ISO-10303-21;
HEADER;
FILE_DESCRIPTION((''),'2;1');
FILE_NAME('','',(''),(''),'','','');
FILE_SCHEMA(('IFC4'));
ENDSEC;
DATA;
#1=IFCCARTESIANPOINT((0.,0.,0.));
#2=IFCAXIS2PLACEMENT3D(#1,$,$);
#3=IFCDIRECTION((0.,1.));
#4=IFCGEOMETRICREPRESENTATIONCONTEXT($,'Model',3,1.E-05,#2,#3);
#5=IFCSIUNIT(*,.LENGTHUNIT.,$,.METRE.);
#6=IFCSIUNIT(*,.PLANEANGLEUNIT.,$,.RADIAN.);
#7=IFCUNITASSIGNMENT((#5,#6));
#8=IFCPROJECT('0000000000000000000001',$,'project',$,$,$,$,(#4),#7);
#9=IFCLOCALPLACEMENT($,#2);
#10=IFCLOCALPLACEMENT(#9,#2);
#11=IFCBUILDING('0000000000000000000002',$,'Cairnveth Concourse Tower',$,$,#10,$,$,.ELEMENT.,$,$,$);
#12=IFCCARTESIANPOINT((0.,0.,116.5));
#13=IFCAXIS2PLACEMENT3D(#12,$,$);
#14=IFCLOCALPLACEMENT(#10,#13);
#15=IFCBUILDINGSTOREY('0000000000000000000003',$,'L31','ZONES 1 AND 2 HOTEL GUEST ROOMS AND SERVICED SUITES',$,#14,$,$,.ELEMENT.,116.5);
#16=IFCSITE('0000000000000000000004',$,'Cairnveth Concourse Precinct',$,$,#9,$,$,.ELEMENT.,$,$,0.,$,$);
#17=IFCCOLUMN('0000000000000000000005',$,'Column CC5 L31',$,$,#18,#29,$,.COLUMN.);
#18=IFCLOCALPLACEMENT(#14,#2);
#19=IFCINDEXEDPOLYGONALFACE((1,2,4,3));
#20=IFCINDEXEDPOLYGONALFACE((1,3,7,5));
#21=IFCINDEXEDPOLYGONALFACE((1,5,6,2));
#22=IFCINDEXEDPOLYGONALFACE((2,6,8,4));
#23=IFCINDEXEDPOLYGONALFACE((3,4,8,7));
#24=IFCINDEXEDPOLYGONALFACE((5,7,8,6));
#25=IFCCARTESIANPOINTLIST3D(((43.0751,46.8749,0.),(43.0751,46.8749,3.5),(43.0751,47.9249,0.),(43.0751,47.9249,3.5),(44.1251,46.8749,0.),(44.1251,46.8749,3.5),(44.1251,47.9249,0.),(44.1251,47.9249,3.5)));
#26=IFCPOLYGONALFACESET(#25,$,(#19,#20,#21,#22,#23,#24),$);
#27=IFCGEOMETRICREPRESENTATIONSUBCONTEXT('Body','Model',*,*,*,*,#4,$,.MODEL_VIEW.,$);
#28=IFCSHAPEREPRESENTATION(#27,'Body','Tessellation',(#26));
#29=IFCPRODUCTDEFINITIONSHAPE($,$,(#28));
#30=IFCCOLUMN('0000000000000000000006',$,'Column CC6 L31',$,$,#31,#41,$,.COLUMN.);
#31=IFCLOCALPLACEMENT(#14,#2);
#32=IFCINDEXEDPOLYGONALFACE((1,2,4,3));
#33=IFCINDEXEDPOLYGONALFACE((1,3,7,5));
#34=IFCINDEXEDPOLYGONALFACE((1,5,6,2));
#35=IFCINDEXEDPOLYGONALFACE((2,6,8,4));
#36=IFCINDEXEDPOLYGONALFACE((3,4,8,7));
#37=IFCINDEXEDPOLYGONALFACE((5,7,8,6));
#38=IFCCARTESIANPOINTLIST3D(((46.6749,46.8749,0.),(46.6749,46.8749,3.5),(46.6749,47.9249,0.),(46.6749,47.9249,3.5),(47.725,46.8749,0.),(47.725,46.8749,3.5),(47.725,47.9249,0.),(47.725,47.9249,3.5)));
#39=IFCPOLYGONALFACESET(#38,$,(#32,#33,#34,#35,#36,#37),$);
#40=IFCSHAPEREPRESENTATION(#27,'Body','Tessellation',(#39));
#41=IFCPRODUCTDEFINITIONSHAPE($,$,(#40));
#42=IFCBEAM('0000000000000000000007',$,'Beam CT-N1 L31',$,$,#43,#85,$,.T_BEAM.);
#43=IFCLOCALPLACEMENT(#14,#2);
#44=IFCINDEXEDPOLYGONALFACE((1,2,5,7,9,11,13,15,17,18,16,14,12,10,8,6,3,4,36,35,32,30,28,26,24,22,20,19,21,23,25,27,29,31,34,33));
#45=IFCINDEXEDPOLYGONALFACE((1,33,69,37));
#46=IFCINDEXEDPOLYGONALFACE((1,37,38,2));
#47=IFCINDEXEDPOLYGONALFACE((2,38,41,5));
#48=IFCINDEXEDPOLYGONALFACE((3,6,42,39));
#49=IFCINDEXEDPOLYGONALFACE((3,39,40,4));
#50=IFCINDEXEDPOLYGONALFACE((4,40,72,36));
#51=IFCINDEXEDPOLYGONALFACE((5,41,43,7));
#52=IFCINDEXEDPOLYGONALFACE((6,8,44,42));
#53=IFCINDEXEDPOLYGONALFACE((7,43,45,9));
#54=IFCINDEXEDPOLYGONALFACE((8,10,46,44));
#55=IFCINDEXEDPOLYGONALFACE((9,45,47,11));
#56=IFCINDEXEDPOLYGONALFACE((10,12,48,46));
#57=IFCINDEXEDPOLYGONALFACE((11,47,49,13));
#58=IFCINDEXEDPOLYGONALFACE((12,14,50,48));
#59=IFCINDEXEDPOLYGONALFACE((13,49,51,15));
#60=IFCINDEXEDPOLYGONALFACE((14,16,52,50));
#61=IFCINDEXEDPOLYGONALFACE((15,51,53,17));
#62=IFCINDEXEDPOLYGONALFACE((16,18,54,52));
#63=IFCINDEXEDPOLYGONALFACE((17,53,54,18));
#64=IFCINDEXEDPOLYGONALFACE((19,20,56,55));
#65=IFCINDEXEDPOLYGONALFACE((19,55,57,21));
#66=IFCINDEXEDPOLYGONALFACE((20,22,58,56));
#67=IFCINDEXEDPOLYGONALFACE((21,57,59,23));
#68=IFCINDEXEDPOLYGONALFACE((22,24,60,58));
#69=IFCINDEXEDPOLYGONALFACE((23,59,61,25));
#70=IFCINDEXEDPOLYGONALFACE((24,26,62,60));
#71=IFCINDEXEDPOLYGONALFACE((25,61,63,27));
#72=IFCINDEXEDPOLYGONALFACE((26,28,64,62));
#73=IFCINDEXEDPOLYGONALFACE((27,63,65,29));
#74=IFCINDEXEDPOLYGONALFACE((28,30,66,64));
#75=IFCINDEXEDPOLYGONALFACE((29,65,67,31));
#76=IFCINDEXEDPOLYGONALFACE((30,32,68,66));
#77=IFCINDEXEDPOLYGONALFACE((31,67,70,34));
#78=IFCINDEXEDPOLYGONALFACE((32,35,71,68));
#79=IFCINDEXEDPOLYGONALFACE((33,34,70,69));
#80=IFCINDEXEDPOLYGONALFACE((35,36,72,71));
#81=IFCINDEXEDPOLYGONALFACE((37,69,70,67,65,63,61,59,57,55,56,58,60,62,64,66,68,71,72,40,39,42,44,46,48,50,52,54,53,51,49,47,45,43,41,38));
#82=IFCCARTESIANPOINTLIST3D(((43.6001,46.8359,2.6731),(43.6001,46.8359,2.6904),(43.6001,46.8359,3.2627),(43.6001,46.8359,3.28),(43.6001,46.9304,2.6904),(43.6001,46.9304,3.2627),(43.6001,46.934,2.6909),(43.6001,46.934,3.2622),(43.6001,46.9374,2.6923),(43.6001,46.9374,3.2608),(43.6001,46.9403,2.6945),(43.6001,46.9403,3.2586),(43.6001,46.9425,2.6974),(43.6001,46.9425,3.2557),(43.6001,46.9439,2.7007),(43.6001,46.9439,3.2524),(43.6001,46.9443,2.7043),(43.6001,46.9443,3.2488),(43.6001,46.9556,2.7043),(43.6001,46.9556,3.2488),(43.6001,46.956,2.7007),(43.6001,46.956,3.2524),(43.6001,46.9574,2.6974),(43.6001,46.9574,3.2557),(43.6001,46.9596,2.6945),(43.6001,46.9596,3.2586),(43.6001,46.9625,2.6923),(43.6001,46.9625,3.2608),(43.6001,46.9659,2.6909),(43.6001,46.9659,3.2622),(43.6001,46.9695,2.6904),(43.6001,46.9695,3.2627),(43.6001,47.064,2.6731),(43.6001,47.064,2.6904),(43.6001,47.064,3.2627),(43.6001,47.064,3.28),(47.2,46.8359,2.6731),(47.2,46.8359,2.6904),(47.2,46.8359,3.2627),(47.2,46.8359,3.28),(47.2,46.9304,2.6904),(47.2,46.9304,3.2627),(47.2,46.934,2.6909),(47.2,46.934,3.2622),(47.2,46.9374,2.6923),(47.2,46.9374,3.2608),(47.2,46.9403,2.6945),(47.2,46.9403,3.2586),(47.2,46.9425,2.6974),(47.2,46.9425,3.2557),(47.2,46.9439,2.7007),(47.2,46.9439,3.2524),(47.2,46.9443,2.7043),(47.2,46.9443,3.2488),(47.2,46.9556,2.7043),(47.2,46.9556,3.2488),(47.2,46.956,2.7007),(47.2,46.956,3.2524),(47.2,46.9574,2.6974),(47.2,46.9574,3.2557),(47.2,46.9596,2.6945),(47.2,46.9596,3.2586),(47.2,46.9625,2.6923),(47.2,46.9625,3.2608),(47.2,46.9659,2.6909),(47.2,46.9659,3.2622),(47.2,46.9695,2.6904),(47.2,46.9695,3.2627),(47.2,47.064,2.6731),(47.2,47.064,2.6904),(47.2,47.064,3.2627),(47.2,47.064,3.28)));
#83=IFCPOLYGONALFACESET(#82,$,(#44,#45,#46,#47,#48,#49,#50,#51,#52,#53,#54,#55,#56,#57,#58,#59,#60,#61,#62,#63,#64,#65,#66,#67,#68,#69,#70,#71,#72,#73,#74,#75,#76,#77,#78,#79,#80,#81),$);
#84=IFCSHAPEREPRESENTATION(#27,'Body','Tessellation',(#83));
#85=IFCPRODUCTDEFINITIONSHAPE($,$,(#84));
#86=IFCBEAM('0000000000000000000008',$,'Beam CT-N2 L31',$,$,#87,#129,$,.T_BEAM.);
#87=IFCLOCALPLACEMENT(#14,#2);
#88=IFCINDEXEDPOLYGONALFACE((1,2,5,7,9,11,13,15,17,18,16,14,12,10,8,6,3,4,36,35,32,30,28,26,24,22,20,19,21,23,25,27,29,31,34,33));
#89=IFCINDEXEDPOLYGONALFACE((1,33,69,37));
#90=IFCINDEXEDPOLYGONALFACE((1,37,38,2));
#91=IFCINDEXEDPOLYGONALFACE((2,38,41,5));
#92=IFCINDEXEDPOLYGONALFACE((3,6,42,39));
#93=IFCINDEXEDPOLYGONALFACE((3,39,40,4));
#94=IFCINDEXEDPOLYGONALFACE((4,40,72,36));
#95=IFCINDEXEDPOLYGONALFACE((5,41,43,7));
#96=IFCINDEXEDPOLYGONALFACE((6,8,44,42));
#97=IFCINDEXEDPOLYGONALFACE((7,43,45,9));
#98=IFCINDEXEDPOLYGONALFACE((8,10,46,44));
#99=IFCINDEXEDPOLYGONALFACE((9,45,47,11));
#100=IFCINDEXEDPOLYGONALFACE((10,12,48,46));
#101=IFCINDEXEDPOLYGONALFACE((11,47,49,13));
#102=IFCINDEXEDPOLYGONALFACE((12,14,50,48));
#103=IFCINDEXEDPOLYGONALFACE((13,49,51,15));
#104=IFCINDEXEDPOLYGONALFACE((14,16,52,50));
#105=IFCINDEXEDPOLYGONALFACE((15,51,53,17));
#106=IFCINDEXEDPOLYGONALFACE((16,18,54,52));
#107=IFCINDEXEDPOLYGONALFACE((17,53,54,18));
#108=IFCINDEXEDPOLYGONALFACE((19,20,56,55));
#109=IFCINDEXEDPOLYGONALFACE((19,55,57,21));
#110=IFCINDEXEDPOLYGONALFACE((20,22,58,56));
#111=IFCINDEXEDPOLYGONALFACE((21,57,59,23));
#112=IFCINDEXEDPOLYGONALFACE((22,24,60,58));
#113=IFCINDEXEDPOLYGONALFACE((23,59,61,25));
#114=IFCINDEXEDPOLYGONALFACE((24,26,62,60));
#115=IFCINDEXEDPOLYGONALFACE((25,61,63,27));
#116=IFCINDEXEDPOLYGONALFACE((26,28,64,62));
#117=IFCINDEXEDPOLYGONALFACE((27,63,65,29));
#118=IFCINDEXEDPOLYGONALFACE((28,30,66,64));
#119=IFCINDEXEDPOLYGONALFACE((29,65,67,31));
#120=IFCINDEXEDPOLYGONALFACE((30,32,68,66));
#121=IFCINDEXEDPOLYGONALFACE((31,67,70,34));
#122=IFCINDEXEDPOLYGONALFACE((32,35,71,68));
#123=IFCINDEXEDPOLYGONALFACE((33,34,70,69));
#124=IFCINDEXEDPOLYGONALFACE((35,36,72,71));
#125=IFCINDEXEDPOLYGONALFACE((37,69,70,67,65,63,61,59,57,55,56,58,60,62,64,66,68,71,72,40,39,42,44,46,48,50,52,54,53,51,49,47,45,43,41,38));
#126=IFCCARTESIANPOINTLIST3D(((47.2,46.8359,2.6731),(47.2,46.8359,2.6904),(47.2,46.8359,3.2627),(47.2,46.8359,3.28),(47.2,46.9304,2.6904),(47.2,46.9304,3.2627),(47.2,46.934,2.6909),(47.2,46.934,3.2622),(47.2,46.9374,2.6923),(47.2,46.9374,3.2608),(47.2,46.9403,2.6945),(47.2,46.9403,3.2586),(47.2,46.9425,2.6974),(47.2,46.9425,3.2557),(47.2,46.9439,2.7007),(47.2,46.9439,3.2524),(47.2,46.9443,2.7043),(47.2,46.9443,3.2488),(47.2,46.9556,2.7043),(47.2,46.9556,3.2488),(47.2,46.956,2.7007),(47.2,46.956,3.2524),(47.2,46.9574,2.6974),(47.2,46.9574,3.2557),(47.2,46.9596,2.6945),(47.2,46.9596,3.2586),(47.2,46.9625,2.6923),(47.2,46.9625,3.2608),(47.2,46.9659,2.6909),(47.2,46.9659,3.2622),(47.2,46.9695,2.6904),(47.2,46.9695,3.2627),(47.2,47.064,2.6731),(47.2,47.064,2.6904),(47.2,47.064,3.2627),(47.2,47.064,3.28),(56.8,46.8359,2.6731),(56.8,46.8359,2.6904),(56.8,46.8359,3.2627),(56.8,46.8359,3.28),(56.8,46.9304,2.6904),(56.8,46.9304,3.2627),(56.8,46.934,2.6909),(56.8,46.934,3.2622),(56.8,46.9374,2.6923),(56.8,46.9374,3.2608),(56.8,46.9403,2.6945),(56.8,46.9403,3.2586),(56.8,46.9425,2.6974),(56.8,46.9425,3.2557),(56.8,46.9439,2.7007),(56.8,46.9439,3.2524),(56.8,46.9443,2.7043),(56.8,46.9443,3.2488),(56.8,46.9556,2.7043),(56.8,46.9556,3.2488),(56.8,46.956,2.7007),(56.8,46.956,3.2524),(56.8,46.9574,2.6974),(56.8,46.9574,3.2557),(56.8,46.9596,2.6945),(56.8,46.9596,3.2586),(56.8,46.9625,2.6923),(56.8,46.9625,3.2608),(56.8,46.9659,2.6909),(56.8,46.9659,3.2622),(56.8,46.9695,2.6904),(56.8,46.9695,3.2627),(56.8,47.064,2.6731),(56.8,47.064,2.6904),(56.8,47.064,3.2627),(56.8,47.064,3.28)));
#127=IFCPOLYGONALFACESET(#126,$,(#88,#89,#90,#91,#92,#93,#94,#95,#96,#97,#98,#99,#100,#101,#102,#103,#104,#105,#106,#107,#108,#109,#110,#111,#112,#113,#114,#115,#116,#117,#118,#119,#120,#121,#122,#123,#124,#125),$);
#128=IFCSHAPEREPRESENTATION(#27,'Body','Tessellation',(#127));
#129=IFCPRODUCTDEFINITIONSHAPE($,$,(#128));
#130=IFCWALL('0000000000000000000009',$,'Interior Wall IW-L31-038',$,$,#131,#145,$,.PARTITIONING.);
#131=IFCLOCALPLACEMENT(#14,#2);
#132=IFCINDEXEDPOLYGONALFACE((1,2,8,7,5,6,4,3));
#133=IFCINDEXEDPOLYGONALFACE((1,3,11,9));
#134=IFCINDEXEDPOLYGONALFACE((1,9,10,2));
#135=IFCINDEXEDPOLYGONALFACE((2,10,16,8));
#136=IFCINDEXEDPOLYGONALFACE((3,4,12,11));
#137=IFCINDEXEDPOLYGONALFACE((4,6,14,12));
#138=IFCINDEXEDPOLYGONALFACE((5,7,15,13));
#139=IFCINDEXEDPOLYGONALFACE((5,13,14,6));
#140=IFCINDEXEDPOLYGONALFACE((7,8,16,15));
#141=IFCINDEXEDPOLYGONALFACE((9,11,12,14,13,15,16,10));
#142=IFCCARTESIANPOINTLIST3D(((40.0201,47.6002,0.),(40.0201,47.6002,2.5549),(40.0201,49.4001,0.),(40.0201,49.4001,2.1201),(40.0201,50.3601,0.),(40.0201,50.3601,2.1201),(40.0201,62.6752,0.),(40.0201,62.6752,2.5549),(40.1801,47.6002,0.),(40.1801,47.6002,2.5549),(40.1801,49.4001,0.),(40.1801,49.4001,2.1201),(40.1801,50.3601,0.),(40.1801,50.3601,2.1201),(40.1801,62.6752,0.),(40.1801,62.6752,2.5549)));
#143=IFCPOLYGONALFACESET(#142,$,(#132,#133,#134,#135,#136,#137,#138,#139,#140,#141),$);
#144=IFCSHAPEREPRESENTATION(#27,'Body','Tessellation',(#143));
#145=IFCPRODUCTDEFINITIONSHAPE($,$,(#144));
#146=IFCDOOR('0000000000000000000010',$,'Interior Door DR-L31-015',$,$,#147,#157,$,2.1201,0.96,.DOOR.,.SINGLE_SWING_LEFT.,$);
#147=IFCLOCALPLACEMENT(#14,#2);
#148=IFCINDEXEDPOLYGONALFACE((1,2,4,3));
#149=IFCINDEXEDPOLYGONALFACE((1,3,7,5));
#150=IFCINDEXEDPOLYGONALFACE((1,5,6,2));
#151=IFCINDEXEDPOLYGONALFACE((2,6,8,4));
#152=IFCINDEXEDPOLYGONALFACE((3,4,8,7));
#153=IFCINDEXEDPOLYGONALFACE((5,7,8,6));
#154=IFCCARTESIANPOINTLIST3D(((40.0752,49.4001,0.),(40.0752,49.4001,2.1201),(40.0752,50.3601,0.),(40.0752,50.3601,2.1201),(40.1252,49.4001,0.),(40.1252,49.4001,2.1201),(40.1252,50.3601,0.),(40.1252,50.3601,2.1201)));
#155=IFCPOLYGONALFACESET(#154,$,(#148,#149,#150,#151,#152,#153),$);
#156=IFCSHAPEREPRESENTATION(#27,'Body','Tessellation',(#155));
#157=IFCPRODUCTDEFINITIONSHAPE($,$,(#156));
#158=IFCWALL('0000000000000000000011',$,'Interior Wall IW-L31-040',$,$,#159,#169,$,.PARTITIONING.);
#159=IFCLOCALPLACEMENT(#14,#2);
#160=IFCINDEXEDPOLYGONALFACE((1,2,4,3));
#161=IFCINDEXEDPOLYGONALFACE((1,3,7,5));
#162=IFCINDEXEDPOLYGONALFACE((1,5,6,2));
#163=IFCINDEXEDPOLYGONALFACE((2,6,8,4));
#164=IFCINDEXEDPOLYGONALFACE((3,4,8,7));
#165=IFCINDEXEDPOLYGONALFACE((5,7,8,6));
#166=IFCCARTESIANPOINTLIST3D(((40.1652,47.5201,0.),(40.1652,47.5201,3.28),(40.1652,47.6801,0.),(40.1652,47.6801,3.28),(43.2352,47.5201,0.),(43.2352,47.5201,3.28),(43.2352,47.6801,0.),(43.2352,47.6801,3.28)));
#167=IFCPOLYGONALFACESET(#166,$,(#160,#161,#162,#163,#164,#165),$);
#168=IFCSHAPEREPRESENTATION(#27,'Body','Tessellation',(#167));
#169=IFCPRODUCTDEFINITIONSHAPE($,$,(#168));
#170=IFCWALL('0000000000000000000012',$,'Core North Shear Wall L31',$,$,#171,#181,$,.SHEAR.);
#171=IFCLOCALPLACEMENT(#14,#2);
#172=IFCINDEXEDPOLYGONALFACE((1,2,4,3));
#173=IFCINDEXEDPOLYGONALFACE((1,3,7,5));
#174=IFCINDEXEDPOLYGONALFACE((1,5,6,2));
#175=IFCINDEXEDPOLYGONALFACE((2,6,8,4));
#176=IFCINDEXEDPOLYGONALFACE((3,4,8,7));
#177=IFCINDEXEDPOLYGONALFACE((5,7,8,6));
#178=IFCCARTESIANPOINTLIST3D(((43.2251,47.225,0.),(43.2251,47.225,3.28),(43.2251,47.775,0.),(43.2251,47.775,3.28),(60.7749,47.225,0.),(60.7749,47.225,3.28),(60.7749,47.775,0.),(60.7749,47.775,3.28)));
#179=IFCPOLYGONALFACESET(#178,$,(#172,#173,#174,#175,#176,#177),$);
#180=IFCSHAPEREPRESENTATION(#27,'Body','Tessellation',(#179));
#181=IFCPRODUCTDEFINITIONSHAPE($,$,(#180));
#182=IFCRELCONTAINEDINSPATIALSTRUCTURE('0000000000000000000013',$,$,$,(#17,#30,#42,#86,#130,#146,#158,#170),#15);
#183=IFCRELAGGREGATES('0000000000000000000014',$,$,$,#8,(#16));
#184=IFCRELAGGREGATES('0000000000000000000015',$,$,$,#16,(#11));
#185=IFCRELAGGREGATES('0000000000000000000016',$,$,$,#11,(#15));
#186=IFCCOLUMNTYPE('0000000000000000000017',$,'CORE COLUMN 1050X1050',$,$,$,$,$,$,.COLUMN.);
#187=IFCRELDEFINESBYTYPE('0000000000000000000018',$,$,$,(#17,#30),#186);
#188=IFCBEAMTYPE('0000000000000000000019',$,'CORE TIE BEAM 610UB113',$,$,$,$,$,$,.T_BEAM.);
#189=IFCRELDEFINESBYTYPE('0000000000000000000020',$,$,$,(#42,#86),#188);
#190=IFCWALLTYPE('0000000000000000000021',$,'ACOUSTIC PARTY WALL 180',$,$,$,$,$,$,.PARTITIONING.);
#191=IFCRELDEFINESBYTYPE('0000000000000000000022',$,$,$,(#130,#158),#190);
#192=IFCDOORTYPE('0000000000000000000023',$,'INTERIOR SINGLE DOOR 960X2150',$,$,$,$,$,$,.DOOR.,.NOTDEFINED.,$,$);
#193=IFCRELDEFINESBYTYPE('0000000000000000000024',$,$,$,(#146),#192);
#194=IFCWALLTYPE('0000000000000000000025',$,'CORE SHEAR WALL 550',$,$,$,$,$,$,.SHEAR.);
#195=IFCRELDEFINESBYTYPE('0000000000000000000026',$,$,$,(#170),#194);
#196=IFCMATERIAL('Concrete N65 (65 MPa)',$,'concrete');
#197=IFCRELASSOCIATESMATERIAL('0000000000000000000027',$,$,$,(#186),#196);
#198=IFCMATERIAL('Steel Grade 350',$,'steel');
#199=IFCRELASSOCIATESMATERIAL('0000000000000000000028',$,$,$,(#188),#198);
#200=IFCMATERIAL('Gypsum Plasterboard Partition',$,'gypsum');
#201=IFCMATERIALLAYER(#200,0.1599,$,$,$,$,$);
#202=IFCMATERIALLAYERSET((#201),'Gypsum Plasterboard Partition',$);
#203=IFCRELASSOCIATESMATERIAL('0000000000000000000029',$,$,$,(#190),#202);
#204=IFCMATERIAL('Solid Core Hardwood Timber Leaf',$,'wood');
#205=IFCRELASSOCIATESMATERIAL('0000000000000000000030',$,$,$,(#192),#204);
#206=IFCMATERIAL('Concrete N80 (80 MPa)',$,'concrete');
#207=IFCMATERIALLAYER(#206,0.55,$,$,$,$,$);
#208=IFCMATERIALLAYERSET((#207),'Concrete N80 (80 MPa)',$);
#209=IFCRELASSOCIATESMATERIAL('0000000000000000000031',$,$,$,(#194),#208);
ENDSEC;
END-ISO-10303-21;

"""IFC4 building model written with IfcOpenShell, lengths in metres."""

from ifc_helpers import new_model, si_unit, direction, frame, frame_2d, origin, origin_2d, place, context, subcontext, project, spatial, rectangle, i_section, extrude, material, layer, layer_set, material_profile, profile_set, type_object, element, fill, save


model = new_model("IFC4")

# Units and contexts
model_context = context("Model", 3, precision=1e-05, world=origin(), true_north=direction((0.0, 1.0)))
body_context = subcontext(model_context, "Body", "Model", "MODEL_VIEW")
ifc_project = project(units=[si_unit("LENGTHUNIT", "METRE"), si_unit("PLANEANGLEUNIT", "RADIAN")], contexts=[model_context])

# Site, building, storey
site_placement = place(None, origin())
site = spatial("IfcSite", under=ifc_project, at=site_placement, Name="Cairnveth Concourse Precinct", CompositionType="ELEMENT", RefElevation=0.0)
building_placement = place(site_placement, origin())
building = spatial("IfcBuilding", under=site, at=building_placement, Name="Cairnveth Concourse Tower", CompositionType="ELEMENT")
storey_placement = place(building_placement, frame((0.0, 0.0, 116.5)))
storey = spatial("IfcBuildingStorey", under=building, at=storey_placement, Name="L31", Description="ZONES 1 AND 2 HOTEL GUEST ROOMS AND SERVICED SUITES", CompositionType="ELEMENT", Elevation=116.5)

# Columns
ifc_material_1 = material(Name="Concrete N65 (65 MPa)", Category="concrete")
ifc_material_profile_1 = material_profile(ifc_material_1, rectangle(XDim=1.05, YDim=1.05, at=origin_2d()), Name="RC-COL-1050x1050")
ifc_profile_set_1 = profile_set([ifc_material_profile_1], Name="Concrete N65 (65 MPa)")
column_type = type_object("IfcColumnType", Name="CORE COLUMN 1050X1050", PredefinedType="COLUMN", material=ifc_profile_set_1)
for number, where, z_axis, x_axis, name in (
    (1, (43.6001, 47.3999, 0.0), (0.0, 0.0, 1.0), (1.0, 0.0, 0.0), "Column CC5 L31"),
    (2, (47.2, 47.3999, 0.0), (0.0, 0.0, 1.0), (1.0, 0.0, 0.0), "Column CC6 L31"),
):
    element("IfcColumn", number, at=place(storey_placement, frame(where, z_axis=z_axis, x_axis=x_axis)), inside=storey, type_object=column_type, Name=name, PredefinedType="COLUMN", context=body_context, shape_type="SweptSolid", body=[
        extrude(rectangle(XDim=1.05, YDim=1.05, at=origin_2d()), origin(), (0.0, 0.0, 1.0), 3.5),
    ])

# Beams
ifc_material_2 = material(Name="Steel Grade 350", Category="steel")
ifc_material_profile_2 = material_profile(ifc_material_2, i_section(OverallWidth=0.228, OverallDepth=0.6069, WebThickness=0.0112, FlangeThickness=0.0173, FilletRadius=0.0139, at=origin_2d()), Name="610UB113")
ifc_profile_set_2 = profile_set([ifc_material_profile_2], Name="Steel Grade 350")
beam_type = type_object("IfcBeamType", Name="CORE TIE BEAM 610UB113", PredefinedType="T_BEAM", material=ifc_profile_set_2)
beam_1_placement = place(storey_placement, frame((43.6001, 46.95, 2.9766), z_axis=(1.0, 0.0, 0.0), x_axis=(0.0, 1.0, 0.0)))
element("IfcBeam", 3, at=beam_1_placement, inside=storey, type_object=beam_type, Name="Beam CT-N1 L31", PredefinedType="T_BEAM", context=body_context, shape_type="SweptSolid", body=[
    extrude(i_section(OverallWidth=0.228, OverallDepth=0.6069, WebThickness=0.0112, FlangeThickness=0.0173, FilletRadius=0.0139, at=origin_2d()), origin(), (0.0, 0.0, 1.0), 3.5999),
])
beam_2_placement = place(storey_placement, frame((47.2, 46.95, 2.9766), z_axis=(1.0, 0.0, 0.0), x_axis=(0.0, 1.0, 0.0)))
element("IfcBeam", 4, at=beam_2_placement, inside=storey, type_object=beam_type, Name="Beam CT-N2 L31", PredefinedType="T_BEAM", context=body_context, shape_type="SweptSolid", body=[
    extrude(i_section(OverallWidth=0.228, OverallDepth=0.6069, WebThickness=0.0112, FlangeThickness=0.0173, FilletRadius=0.0139, at=origin_2d()), origin(), (0.0, 0.0, 1.0), 9.6001),
])

# Wall, opening, door
ifc_material_3 = material(Name="Gypsum Plasterboard Partition", Category="gypsum")
ifc_layer_1 = layer(ifc_material_3, 0.1599)
ifc_layer_set_1 = layer_set([ifc_layer_1], Name="Gypsum Plasterboard Partition")
wall_type_1 = type_object("IfcWallType", Name="ACOUSTIC PARTY WALL 180", PredefinedType="PARTITIONING", material=ifc_layer_set_1)
wall_1_placement = place(storey_placement, frame((40.1001, 47.6001, 0.0), z_axis=(0.0, 0.0, 1.0), x_axis=(0.0, 1.0, 0.0)))
wall_1 = element("IfcWall", 5, at=wall_1_placement, inside=storey, type_object=wall_type_1, Name="Interior Wall IW-L31-038", PredefinedType="PARTITIONING", context=body_context, shape_type="SweptSolid", body=[
    extrude(rectangle(XDim=15.075, YDim=0.1599, at=frame_2d((7.5376, 0.0))), origin(), (0.0, 0.0, 1.0), 2.5549),
])
opening_1_placement = place(wall_1_placement, frame((1.8, 0.0, 0.0)))
opening_1 = element("IfcOpeningElement", 6, at=opening_1_placement, cuts=wall_1, PredefinedType="OPENING", context=body_context, shape_type="SweptSolid", body=[
    extrude(rectangle(XDim=0.96, YDim=2.1201, at=frame_2d((0.48, 1.0601))), frame((0.0, 0.0898, 0.0), z_axis=(0.0, -1.0, 0.0), x_axis=(1.0, 0.0, 0.0)), (0.0, 0.0, 1.0), 0.1799),
])
ifc_material_4 = material(Name="Solid Core Hardwood Timber Leaf", Category="wood")
door_type_1 = type_object("IfcDoorType", Name="INTERIOR SINGLE DOOR 960X2150", OperationType="NOTDEFINED", PredefinedType="DOOR", material=ifc_material_4)
door_1_placement = place(opening_1_placement, origin())
door_1 = element("IfcDoor", 7, at=door_1_placement, inside=storey, type_object=door_type_1, Name="Interior Door DR-L31-015", OperationType="SINGLE_SWING_LEFT", OverallHeight=2.1201, OverallWidth=0.96, PredefinedType="DOOR", context=body_context, shape_type="SweptSolid", body=[
    extrude(rectangle(XDim=0.96, YDim=2.1201, at=frame_2d((0.48, 1.0601))), frame((0.0, 0.0249, 0.0), z_axis=(0.0, -1.0, 0.0), x_axis=(1.0, 0.0, 0.0)), (0.0, 0.0, 1.0), 0.05),
])
fill(opening_1, door_1)

# Walls
wall_2_placement = place(storey_placement, frame((40.165, 47.6001, 0.0), z_axis=(0.0, 0.0, 1.0), x_axis=(1.0, 0.0, 0.0)))
element("IfcWall", 8, at=wall_2_placement, inside=storey, type_object=wall_type_1, Name="Interior Wall IW-L31-040", PredefinedType="PARTITIONING", context=body_context, shape_type="SweptSolid", body=[
    extrude(rectangle(XDim=3.0701, YDim=0.1599, at=frame_2d((1.5352, 0.0))), origin(), (0.0, 0.0, 1.0), 3.28),
])
ifc_material_5 = material(Name="Concrete N80 (80 MPa)", Category="concrete")
ifc_layer_2 = layer(ifc_material_5, 0.55)
ifc_layer_set_2 = layer_set([ifc_layer_2], Name="Concrete N80 (80 MPa)")
wall_type_2 = type_object("IfcWallType", Name="CORE SHEAR WALL 550", PredefinedType="SHEAR", material=ifc_layer_set_2)
wall_3_placement = place(storey_placement, frame((43.2251, 47.5, 0.0), z_axis=(0.0, 0.0, 1.0), x_axis=(1.0, 0.0, 0.0)))
element("IfcWall", 9, at=wall_3_placement, inside=storey, type_object=wall_type_2, Name="Core North Shear Wall L31", PredefinedType="SHEAR", context=body_context, shape_type="SweptSolid", body=[
    extrude(rectangle(XDim=17.5498, YDim=0.55, at=frame_2d((8.7749, 0.0))), origin(), (0.0, 0.0, 1.0), 3.28),
])

save(model, "model.ifc")
